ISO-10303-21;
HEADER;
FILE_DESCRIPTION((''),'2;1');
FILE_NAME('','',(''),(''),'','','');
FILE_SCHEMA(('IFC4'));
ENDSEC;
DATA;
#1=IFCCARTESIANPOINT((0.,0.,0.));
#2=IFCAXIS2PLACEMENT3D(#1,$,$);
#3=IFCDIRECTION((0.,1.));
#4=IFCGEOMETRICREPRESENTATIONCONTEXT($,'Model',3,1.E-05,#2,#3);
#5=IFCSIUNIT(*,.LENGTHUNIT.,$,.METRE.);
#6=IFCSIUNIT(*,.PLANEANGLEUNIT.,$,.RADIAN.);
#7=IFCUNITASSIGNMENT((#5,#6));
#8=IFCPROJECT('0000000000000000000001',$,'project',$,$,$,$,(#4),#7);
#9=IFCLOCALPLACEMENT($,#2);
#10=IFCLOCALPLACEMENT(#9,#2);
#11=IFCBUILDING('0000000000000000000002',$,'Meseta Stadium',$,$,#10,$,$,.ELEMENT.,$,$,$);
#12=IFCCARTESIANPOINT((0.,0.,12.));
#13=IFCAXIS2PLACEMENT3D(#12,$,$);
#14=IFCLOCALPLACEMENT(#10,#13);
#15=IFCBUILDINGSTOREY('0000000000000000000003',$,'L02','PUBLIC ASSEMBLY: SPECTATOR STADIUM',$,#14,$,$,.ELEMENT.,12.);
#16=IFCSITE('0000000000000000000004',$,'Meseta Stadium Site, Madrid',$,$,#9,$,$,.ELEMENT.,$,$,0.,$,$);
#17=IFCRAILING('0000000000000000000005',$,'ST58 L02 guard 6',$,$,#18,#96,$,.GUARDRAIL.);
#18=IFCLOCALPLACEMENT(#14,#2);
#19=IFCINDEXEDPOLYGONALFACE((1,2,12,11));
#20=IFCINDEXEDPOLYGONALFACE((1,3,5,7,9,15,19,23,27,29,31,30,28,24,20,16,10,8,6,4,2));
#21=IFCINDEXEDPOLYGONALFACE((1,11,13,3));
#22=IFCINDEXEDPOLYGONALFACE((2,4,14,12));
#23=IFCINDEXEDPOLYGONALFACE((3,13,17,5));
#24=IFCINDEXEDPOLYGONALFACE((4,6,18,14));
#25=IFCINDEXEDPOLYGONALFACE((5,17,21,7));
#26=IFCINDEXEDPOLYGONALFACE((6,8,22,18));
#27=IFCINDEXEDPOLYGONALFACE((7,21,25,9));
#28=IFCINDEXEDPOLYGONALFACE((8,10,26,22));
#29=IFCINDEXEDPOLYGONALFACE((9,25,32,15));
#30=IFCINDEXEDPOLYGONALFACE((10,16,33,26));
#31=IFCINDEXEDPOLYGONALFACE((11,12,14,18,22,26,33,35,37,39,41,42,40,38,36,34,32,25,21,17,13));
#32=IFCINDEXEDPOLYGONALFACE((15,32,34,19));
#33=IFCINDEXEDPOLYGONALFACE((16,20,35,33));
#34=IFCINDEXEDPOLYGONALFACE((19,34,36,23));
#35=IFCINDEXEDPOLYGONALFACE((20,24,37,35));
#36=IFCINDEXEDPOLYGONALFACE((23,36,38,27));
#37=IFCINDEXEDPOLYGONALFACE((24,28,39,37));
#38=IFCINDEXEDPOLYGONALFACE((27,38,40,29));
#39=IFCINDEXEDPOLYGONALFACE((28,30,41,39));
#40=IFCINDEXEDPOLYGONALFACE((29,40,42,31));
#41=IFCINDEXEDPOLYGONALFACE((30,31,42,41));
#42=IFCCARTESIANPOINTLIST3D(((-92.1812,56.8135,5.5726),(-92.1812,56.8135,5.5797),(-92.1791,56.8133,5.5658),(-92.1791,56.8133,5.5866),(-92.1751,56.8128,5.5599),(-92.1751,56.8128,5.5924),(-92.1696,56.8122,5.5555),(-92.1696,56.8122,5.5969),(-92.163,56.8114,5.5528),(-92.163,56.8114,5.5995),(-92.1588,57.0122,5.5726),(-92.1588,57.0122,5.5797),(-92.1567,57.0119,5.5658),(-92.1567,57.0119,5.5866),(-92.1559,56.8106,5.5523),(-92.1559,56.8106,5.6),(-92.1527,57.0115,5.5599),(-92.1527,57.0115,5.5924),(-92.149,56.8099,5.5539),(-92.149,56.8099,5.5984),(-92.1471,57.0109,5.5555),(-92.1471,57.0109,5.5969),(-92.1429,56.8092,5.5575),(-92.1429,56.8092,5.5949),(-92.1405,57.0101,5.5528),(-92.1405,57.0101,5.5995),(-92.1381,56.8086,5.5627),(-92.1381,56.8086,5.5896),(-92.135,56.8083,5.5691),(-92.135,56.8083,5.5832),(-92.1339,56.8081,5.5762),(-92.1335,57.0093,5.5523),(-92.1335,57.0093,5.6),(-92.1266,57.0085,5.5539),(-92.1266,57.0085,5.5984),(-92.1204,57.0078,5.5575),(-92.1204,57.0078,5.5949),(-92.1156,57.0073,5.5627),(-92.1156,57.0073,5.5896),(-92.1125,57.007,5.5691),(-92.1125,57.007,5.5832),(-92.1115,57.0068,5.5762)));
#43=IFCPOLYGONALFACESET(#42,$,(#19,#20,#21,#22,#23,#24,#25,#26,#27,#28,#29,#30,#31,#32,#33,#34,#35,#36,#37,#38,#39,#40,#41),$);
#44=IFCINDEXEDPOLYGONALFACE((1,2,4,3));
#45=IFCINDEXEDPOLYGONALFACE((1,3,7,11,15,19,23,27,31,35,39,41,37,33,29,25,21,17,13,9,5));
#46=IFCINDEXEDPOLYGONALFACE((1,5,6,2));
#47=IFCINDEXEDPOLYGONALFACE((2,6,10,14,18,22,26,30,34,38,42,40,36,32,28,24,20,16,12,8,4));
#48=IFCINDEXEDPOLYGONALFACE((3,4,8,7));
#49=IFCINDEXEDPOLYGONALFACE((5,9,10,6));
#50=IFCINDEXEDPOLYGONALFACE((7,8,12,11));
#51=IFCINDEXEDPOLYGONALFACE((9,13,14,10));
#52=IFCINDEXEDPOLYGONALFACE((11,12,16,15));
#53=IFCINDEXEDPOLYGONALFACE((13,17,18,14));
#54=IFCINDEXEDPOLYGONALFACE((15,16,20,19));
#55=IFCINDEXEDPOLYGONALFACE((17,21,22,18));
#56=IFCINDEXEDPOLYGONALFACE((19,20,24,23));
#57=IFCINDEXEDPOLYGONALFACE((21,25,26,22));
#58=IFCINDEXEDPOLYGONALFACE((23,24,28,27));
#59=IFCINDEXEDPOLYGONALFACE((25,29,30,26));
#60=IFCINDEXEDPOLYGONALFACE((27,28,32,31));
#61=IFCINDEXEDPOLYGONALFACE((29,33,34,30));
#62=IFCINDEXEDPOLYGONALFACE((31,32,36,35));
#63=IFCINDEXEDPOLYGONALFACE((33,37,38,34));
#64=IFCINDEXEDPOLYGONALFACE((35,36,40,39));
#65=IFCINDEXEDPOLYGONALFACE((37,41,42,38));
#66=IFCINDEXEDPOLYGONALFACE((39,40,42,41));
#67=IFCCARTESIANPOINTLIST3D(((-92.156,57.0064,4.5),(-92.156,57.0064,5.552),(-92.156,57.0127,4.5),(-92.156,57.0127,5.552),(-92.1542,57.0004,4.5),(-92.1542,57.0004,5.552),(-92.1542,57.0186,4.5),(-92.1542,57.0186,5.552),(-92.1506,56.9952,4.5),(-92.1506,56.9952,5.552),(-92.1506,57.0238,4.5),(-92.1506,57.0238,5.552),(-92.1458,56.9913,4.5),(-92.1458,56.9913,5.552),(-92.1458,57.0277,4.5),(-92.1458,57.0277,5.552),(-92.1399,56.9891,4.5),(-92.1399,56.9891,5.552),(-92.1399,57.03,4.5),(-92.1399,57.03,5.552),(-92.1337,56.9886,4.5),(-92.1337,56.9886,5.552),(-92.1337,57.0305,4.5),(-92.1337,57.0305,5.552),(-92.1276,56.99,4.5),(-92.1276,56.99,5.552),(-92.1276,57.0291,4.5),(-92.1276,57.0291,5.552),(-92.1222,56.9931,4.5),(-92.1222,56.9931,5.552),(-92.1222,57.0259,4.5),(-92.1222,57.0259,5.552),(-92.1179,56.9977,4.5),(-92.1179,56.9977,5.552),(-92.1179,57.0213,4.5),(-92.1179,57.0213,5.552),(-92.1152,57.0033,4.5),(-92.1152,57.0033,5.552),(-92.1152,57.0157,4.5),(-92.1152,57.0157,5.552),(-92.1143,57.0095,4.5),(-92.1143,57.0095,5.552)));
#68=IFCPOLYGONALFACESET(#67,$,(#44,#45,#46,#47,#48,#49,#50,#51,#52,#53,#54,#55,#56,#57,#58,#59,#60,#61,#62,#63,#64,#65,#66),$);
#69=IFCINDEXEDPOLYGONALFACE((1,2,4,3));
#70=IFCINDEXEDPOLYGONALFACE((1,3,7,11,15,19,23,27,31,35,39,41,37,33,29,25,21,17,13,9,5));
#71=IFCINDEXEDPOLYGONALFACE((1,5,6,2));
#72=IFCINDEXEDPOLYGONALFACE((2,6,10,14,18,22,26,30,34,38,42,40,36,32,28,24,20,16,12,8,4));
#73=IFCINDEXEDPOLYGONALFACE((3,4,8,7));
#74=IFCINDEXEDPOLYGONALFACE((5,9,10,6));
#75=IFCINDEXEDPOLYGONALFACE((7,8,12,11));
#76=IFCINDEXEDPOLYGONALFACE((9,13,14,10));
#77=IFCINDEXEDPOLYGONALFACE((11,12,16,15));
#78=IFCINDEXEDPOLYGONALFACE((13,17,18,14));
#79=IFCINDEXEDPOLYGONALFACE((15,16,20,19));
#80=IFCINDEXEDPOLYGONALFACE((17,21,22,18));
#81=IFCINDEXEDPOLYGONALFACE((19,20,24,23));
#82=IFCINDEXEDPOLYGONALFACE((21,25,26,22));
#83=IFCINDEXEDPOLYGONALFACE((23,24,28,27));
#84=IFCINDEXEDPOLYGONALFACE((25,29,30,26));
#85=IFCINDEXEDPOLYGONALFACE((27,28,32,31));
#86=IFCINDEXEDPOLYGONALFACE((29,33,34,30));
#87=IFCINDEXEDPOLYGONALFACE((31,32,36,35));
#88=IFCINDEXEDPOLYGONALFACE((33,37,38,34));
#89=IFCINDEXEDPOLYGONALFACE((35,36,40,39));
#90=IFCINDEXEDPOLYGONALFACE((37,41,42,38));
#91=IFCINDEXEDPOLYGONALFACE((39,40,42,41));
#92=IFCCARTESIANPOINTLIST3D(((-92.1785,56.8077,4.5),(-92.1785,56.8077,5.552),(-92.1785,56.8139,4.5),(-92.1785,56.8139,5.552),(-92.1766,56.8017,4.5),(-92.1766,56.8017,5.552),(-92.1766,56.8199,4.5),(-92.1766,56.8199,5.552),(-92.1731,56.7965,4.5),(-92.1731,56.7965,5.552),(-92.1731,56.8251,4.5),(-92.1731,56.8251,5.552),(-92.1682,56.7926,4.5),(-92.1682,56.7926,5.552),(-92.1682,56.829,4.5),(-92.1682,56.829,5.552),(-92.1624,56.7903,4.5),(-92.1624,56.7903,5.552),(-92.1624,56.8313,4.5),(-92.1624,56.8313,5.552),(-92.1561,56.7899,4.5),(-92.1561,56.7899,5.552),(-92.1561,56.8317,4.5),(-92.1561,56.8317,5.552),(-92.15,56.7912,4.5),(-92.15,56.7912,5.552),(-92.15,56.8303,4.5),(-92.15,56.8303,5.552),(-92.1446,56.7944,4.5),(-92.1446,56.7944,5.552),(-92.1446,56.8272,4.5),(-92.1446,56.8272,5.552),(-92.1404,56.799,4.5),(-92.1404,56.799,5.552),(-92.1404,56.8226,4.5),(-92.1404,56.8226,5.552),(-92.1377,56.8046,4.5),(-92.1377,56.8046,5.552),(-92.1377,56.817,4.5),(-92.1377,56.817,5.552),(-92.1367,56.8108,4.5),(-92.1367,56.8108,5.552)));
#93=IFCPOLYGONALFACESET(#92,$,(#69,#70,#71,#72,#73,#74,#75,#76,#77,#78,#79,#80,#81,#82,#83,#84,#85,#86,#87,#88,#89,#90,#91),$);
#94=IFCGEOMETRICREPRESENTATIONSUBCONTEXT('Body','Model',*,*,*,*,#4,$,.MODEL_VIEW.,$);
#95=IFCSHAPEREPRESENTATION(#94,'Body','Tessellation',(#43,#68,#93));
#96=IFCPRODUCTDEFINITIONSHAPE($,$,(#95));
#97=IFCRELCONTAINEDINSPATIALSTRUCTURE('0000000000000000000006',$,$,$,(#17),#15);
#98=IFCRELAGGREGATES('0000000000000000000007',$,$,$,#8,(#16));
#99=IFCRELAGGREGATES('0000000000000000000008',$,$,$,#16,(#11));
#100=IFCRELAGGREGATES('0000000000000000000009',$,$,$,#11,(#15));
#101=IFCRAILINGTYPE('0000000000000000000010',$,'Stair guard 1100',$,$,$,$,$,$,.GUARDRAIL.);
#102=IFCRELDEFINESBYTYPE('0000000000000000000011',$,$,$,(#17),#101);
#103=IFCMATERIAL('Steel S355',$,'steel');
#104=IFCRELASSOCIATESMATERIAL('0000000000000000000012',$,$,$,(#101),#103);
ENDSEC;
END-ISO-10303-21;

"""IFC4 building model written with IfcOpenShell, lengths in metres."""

from ifc_helpers import new_model, si_unit, direction, frame, origin, origin_2d, place, context, subcontext, project, spatial, circle, extrude, material, type_object, element, save


model = new_model("IFC4")

# Units and contexts
model_context = context("Model", 3, precision=1e-05, world=origin(), true_north=direction((0.0, 1.0)))
body_context = subcontext(model_context, "Body", "Model", "MODEL_VIEW")
ifc_project = project(units=[si_unit("LENGTHUNIT", "METRE"), si_unit("PLANEANGLEUNIT", "RADIAN")], contexts=[model_context])

# Site, building, storey
site_placement = place(None, origin())
site = spatial("IfcSite", under=ifc_project, at=site_placement, Name="Meseta Stadium Site, Madrid", CompositionType="ELEMENT", RefElevation=0.0)
building_placement = place(site_placement, origin())
building = spatial("IfcBuilding", under=site, at=building_placement, Name="Meseta Stadium", CompositionType="ELEMENT")
storey_placement = place(building_placement, frame((0.0, 0.0, 12.0)))
storey = spatial("IfcBuildingStorey", under=building, at=storey_placement, Name="L02", Description="PUBLIC ASSEMBLY: SPECTATOR STADIUM", CompositionType="ELEMENT", Elevation=12.0)

# Railing
ifc_material_1 = material(Name="Steel S355", Category="steel")
railing_type_1 = type_object("IfcRailingType", Name="Stair guard 1100", PredefinedType="GUARDRAIL", material=ifc_material_1)
railing_1_placement = place(storey_placement, frame((-92.1353, 57.0095, 4.5)))
element("IfcRailing", 1, at=railing_1_placement, inside=storey, type_object=railing_type_1, Name="ST58 L02 guard 6", PredefinedType="GUARDRAIL", context=body_context, shape_type="SweptSolid", body=[
    extrude(circle(Radius=0.0239, at=origin_2d()), frame((0.0, 0.0, 1.0762), z_axis=(-0.112307, -0.993674, 0.0), x_axis=(0.993674, -0.112307, 0.0)), (0.0, 0.0, 1.0), 0.2),
    extrude(circle(Radius=0.021, at=origin_2d()), origin(), (0.0, 0.0, 1.0), 1.052),
    extrude(circle(Radius=0.021, at=origin_2d()), frame((-0.0225, -0.1987, 0.0)), (0.0, 0.0, 1.0), 1.052),
])

save(model, "model.ifc")
